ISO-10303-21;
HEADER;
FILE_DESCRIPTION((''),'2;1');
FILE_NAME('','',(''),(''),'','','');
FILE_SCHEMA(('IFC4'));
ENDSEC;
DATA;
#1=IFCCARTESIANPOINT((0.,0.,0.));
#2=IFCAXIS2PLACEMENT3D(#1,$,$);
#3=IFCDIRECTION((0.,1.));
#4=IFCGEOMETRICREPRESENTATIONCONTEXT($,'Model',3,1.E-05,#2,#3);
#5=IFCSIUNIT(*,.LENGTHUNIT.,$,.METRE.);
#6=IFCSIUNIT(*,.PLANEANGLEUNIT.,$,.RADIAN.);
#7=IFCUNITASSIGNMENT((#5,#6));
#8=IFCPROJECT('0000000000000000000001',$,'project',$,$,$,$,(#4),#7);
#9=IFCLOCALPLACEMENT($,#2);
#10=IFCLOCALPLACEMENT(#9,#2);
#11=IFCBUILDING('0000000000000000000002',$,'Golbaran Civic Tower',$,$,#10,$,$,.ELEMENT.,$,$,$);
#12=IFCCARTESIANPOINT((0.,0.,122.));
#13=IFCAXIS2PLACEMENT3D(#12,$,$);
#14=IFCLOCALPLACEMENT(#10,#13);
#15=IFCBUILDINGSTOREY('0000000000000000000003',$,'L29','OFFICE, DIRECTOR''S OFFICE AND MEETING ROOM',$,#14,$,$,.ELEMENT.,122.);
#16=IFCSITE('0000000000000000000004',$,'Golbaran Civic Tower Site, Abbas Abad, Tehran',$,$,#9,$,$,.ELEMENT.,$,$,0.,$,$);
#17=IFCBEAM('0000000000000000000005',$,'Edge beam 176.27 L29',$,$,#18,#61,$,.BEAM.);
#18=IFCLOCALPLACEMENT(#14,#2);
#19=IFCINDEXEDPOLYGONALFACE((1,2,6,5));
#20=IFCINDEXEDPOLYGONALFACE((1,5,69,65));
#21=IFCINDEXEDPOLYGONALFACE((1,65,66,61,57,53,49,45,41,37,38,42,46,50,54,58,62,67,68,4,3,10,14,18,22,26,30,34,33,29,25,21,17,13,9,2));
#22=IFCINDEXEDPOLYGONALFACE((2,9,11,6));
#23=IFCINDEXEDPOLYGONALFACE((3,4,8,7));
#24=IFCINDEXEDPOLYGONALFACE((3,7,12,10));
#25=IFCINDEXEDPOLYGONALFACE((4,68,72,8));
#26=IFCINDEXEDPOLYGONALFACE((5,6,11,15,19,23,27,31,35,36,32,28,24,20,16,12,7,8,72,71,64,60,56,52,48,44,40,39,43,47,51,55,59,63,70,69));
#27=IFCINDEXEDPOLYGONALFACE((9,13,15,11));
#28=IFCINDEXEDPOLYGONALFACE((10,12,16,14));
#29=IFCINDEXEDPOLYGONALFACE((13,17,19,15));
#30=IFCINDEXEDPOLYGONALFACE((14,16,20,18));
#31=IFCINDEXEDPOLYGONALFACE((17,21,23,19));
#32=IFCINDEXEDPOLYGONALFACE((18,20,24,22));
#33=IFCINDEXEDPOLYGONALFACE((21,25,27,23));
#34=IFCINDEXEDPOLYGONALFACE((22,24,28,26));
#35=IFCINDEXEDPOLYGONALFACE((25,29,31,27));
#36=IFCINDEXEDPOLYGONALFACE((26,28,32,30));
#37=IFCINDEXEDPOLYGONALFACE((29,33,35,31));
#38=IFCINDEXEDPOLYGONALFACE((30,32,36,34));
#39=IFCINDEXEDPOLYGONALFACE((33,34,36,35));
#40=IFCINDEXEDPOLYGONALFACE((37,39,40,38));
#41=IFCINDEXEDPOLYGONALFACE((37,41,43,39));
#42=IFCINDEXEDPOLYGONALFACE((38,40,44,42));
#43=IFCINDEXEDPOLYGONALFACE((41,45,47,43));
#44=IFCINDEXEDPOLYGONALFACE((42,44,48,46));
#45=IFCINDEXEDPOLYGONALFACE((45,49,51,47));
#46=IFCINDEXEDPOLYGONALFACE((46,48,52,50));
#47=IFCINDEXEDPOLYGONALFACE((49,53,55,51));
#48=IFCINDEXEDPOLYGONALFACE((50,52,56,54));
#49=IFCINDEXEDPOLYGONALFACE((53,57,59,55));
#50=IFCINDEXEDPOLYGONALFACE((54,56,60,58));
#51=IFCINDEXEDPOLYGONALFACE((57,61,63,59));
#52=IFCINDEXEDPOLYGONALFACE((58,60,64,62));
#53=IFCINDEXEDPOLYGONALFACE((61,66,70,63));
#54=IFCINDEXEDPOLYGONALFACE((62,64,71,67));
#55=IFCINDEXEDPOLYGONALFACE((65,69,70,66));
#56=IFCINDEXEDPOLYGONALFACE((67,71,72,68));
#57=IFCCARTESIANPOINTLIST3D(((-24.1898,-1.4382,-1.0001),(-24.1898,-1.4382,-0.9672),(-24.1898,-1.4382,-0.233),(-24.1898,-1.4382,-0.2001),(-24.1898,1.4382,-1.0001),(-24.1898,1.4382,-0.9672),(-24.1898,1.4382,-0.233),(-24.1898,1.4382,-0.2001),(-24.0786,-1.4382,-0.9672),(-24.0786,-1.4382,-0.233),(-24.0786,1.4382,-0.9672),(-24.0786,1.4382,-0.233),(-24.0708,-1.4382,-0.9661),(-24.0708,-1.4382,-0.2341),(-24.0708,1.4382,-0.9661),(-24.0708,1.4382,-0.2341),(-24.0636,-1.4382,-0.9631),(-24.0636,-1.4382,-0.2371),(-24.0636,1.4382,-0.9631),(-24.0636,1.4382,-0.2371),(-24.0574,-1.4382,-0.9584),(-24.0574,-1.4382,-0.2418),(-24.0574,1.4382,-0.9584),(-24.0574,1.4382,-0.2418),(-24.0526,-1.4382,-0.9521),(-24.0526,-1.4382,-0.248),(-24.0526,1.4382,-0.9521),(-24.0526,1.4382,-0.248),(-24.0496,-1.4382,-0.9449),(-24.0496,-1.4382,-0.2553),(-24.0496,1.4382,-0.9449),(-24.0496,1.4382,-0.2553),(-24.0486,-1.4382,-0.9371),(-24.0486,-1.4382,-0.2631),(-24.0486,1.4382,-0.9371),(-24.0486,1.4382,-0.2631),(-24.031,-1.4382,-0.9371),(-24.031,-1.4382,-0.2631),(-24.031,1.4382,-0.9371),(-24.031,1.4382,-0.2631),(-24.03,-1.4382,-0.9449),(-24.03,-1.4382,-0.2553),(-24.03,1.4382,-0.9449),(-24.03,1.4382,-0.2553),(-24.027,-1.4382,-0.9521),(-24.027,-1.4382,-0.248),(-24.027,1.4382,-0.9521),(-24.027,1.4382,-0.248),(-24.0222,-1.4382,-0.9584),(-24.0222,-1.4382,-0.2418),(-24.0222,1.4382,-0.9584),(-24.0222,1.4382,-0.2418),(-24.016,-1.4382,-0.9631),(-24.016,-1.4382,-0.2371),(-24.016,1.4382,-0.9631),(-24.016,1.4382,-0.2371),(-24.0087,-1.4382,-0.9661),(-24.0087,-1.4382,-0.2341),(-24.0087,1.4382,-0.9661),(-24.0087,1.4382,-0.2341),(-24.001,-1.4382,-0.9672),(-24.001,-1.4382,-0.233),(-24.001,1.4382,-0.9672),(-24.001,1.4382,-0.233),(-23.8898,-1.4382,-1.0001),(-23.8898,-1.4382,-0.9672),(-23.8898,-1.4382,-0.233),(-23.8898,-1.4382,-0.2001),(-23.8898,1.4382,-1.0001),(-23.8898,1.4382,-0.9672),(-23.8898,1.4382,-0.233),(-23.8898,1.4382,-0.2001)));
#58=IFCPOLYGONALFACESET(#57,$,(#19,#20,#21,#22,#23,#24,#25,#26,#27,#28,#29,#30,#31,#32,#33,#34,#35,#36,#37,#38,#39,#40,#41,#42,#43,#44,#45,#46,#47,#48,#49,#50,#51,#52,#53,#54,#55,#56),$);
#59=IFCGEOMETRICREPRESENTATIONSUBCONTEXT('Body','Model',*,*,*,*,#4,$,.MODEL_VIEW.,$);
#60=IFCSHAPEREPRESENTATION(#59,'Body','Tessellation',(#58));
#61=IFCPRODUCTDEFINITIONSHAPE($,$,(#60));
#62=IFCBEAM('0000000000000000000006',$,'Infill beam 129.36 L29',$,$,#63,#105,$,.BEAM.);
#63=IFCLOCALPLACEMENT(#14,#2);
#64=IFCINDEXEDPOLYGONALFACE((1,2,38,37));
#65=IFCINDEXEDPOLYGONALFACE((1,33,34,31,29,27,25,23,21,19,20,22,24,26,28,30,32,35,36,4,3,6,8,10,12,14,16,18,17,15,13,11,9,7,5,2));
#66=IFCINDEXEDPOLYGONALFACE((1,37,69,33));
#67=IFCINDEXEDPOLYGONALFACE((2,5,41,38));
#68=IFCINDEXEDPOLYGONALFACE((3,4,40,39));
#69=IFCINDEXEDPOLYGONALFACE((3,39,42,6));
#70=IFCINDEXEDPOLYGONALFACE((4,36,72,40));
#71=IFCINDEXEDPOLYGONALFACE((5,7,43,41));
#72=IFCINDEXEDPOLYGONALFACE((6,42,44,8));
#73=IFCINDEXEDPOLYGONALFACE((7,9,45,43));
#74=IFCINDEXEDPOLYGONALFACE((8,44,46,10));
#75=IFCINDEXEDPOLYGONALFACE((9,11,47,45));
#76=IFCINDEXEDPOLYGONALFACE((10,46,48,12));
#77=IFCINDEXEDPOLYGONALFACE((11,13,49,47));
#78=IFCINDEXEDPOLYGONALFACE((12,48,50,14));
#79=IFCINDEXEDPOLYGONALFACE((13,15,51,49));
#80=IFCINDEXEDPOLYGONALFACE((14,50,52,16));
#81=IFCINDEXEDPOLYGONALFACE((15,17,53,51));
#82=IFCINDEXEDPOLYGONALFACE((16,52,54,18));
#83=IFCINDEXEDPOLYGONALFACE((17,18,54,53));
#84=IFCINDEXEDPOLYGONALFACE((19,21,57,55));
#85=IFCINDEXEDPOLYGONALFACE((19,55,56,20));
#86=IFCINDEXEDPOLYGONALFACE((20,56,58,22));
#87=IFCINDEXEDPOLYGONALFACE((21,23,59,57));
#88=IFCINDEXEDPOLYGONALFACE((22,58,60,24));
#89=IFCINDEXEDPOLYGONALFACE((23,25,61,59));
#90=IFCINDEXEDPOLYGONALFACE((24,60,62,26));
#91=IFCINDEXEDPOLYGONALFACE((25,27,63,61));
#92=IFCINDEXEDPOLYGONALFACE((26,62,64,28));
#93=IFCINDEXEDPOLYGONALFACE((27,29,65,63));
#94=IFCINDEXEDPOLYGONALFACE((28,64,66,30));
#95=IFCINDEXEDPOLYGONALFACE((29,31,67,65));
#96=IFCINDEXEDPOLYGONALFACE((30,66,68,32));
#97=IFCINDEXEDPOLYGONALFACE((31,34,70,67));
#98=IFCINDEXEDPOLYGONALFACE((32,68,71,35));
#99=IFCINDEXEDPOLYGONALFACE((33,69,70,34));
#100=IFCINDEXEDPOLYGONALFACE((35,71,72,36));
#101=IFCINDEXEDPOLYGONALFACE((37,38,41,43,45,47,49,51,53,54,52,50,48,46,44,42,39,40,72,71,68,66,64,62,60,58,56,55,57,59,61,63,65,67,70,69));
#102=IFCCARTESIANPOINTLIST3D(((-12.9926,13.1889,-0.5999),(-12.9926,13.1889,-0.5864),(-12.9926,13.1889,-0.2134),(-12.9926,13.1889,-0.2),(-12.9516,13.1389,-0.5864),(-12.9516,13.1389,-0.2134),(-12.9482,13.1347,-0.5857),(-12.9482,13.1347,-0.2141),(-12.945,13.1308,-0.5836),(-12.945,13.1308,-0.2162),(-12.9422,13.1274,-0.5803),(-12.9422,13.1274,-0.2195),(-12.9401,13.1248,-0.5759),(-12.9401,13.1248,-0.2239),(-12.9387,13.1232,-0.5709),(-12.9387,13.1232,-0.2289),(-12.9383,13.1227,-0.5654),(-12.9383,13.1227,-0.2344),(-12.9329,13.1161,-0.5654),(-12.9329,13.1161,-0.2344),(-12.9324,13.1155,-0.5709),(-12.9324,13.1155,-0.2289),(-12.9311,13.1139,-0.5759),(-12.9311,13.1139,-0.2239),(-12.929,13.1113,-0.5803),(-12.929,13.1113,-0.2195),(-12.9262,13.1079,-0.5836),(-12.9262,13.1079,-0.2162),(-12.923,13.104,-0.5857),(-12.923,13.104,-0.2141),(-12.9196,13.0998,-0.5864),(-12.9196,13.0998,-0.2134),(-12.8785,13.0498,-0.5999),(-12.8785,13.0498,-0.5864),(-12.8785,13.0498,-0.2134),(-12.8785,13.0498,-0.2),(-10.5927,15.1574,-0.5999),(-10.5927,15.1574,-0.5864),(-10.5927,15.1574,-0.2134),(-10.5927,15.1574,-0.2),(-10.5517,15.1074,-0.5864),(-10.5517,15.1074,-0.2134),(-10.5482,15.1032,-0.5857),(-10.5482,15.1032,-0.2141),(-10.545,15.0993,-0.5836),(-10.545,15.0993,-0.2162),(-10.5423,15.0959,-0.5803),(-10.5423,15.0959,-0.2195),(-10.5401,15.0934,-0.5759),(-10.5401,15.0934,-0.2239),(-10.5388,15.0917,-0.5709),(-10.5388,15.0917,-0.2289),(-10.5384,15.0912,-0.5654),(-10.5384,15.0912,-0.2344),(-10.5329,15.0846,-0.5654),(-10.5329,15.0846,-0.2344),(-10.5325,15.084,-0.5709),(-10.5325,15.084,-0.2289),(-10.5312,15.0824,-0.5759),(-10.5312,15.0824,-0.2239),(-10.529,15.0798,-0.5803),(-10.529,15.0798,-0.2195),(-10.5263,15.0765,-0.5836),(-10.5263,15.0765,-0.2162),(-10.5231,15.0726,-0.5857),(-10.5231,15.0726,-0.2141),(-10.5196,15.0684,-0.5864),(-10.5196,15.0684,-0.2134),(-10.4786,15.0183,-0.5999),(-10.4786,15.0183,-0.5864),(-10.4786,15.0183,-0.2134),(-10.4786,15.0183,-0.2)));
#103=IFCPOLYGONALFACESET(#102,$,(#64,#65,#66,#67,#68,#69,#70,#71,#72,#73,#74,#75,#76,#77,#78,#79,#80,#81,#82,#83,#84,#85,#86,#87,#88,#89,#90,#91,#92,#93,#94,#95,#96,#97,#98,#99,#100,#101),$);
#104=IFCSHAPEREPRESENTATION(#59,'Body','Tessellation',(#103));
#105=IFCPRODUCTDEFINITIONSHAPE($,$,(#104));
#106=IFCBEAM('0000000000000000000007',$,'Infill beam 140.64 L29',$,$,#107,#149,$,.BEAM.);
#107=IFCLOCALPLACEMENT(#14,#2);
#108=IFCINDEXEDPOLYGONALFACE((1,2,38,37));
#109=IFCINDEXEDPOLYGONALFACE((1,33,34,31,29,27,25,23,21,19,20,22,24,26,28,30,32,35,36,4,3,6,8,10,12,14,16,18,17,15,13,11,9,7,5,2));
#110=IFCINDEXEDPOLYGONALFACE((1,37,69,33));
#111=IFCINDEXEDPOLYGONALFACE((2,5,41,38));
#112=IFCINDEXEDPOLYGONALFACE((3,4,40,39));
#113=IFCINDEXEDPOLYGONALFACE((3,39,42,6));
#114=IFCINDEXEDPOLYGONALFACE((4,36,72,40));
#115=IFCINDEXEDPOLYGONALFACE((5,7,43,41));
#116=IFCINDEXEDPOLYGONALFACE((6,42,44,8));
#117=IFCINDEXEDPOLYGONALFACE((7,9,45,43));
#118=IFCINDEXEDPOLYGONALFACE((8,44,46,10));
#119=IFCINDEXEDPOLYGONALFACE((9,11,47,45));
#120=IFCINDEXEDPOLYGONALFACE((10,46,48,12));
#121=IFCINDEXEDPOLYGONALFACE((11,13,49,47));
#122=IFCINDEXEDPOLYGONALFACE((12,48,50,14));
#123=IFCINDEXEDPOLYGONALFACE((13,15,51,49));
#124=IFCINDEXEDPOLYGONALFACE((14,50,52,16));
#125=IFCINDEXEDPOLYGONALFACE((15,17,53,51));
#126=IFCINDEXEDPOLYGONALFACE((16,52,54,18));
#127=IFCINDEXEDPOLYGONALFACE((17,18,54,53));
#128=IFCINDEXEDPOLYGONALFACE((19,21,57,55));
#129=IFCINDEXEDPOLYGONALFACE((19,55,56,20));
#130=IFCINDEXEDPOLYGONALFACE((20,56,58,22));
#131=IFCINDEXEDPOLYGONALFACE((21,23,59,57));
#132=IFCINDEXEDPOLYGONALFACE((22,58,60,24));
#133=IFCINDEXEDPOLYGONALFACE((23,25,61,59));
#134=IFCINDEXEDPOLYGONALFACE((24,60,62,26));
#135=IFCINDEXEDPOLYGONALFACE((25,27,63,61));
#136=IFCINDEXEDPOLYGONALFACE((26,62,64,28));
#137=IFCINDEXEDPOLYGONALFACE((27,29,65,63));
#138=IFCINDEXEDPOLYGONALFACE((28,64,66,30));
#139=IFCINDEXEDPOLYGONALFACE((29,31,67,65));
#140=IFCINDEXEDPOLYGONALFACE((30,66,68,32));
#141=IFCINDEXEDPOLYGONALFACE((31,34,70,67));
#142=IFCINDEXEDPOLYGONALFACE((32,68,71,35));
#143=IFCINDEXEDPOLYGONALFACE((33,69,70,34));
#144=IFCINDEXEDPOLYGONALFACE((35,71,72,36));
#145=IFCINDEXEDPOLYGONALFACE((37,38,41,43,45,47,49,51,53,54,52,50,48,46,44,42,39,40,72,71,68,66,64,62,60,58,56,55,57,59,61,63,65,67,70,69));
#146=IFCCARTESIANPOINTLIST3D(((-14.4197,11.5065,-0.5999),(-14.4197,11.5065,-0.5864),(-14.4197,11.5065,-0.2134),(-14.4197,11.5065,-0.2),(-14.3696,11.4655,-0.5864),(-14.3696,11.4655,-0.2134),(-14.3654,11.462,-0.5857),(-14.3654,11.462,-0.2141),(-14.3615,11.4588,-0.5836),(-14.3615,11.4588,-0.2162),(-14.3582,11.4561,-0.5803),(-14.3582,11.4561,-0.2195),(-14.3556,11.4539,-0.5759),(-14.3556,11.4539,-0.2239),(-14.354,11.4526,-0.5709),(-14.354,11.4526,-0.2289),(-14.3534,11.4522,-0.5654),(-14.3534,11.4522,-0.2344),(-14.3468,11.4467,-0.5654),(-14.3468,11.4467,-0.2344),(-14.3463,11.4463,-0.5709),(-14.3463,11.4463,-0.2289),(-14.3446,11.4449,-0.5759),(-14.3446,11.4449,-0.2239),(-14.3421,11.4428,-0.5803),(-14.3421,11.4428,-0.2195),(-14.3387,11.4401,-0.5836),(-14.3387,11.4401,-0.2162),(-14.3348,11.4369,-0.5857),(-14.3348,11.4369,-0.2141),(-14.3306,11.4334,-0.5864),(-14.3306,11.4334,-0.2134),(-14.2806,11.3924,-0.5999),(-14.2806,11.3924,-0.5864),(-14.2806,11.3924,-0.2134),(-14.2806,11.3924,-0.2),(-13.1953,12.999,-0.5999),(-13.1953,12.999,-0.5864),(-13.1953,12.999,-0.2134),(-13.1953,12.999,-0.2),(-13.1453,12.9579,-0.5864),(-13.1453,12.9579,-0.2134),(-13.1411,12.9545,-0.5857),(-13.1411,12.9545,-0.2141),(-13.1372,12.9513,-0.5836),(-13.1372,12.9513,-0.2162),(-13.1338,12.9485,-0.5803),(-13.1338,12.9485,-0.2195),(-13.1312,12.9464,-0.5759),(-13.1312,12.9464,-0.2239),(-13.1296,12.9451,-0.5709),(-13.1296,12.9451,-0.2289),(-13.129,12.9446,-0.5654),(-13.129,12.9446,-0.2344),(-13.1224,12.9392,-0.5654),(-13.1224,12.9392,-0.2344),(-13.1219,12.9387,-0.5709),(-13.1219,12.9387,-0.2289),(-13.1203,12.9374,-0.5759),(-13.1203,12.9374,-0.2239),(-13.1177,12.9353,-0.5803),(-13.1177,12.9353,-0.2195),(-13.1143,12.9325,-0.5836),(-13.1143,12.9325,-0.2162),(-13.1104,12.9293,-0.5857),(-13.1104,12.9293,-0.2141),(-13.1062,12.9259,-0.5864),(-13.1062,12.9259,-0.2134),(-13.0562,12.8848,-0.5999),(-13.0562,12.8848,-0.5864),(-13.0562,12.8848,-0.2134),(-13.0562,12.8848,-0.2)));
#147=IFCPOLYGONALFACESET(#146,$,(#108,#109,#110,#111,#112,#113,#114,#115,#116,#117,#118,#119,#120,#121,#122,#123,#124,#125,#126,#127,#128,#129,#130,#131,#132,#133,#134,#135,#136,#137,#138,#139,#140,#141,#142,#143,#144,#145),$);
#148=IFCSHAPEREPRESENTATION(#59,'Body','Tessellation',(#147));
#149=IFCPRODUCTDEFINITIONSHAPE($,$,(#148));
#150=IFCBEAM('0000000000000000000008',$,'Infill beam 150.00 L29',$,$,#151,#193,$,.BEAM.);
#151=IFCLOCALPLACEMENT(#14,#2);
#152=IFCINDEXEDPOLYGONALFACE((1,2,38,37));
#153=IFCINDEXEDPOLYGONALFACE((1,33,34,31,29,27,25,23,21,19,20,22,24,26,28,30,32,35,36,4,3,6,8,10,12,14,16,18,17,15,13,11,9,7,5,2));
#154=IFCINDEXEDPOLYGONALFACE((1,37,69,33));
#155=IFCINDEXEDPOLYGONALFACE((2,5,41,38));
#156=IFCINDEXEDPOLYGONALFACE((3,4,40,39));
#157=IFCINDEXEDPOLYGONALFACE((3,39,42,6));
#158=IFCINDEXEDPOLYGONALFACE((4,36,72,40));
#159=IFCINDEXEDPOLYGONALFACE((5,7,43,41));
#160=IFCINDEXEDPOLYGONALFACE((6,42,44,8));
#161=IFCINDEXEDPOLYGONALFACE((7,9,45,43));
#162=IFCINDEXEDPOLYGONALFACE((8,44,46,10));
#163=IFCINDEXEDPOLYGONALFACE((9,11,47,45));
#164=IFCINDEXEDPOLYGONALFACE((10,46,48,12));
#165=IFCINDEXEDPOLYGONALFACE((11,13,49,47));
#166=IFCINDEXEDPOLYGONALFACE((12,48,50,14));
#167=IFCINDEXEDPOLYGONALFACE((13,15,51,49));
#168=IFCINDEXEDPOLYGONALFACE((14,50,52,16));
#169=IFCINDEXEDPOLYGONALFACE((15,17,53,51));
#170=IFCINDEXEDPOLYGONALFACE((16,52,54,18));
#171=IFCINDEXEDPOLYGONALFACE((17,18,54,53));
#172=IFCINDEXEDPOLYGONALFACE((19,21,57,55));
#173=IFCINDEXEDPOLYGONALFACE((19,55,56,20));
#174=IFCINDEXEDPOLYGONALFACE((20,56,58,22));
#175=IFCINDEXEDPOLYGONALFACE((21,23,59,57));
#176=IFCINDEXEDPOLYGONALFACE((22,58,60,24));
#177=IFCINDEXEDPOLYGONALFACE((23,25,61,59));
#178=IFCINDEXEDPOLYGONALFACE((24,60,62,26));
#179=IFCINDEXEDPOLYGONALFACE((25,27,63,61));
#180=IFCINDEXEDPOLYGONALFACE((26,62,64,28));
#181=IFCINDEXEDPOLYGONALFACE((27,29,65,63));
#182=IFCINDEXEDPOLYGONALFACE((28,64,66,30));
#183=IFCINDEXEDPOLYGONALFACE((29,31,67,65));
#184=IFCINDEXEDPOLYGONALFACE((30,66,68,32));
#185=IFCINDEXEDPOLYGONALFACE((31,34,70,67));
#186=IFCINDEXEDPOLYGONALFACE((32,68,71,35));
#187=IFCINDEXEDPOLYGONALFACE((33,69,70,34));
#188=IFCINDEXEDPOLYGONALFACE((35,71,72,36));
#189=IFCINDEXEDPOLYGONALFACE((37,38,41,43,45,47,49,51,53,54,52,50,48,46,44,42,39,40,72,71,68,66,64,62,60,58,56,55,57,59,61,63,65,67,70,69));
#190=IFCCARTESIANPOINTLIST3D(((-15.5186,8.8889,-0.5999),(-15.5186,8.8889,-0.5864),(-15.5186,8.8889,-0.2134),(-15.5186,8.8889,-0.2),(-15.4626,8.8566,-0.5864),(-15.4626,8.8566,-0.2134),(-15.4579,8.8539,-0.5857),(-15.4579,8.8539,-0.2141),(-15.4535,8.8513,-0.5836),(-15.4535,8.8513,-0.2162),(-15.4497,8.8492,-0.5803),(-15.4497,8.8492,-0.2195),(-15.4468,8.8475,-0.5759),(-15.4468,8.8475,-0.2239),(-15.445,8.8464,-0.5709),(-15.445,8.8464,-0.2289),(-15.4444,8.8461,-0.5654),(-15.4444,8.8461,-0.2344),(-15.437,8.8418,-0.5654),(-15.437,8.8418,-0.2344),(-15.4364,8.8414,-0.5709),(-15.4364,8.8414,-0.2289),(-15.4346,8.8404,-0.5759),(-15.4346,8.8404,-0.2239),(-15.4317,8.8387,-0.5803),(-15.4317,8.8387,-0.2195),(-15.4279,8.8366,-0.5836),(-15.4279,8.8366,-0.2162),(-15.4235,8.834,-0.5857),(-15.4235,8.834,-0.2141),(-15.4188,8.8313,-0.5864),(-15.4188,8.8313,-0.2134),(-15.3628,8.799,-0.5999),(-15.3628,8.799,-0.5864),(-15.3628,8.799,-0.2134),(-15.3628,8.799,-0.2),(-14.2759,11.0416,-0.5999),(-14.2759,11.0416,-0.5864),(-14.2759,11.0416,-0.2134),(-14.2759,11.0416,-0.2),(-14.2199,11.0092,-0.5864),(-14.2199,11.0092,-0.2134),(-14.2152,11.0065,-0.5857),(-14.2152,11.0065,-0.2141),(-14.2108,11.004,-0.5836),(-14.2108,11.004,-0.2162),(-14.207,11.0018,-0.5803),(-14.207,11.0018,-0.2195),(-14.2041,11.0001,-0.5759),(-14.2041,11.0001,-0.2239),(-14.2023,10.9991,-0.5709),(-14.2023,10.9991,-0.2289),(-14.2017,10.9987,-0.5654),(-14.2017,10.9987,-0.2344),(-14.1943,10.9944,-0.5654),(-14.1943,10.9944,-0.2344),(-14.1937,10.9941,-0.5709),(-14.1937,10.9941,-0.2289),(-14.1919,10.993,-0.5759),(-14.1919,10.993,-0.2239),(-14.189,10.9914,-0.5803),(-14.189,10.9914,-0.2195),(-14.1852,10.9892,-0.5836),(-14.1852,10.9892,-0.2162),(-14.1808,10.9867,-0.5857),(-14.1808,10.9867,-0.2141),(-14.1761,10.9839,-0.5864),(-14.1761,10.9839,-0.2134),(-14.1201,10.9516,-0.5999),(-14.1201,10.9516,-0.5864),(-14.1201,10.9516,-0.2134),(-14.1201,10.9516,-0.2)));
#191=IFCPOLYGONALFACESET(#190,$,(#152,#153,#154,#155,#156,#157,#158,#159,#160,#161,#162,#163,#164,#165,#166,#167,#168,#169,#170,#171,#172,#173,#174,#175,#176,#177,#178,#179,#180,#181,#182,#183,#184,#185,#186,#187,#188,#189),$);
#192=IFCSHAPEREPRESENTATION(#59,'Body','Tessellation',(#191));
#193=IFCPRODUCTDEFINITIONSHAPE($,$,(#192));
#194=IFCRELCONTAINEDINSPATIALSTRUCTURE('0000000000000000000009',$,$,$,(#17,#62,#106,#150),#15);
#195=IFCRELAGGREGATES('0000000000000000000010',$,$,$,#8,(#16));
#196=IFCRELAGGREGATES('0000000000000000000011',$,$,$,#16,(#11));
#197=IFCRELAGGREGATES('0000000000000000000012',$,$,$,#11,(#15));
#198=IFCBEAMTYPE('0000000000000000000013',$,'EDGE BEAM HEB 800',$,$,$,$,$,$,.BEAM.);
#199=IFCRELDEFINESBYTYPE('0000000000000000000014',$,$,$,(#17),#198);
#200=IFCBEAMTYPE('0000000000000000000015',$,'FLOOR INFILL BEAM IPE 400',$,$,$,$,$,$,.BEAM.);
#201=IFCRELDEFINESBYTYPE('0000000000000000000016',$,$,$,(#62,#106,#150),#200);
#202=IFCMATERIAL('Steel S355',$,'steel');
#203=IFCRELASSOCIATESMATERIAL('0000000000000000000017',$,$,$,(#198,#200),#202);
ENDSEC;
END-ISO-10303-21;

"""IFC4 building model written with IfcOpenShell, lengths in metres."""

from ifc_helpers import new_model, si_unit, direction, frame, origin, origin_2d, place, context, subcontext, project, spatial, i_section, extrude, material, material_profile, profile_set, type_object, element, save


model = new_model("IFC4")

# Units and contexts
model_context = context("Model", 3, precision=1e-05, world=origin(), true_north=direction((0.0, 1.0)))
body_context = subcontext(model_context, "Body", "Model", "MODEL_VIEW")
ifc_project = project(units=[si_unit("LENGTHUNIT", "METRE"), si_unit("PLANEANGLEUNIT", "RADIAN")], contexts=[model_context])

# Site, building, storey
site_placement = place(None, origin())
site = spatial("IfcSite", under=ifc_project, at=site_placement, Name="Golbaran Civic Tower Site, Abbas Abad, Tehran", CompositionType="ELEMENT", RefElevation=0.0)
building_placement = place(site_placement, origin())
building = spatial("IfcBuilding", under=site, at=building_placement, Name="Golbaran Civic Tower", CompositionType="ELEMENT")
storey_placement = place(building_placement, frame((0.0, 0.0, 122.0)))
storey = spatial("IfcBuildingStorey", under=building, at=storey_placement, Name="L29", Description="OFFICE, DIRECTOR'S OFFICE AND MEETING ROOM", CompositionType="ELEMENT", Elevation=122.0)

# Beams
ifc_material_1 = material(Name="Steel S355", Category="steel")
ifc_material_profile_1 = material_profile(ifc_material_1, i_section(OverallWidth=0.3, OverallDepth=0.8, WebThickness=0.0176, FlangeThickness=0.033, FilletRadius=0.03, at=origin_2d()), Name="HEB 800")
ifc_profile_set_1 = profile_set([ifc_material_profile_1], Name="Steel S355")
beam_type_1 = type_object("IfcBeamType", Name="EDGE BEAM HEB 800", PredefinedType="BEAM", material=ifc_profile_set_1)
beam_1_placement = place(storey_placement, frame((-24.0398, 1.4382, -0.6001), z_axis=(0.0, -1.0, 0.0), x_axis=(1.0, 0.0, 0.0)))
element("IfcBeam", 1, at=beam_1_placement, inside=storey, type_object=beam_type_1, Name="Edge beam 176.27 L29", PredefinedType="BEAM", context=body_context, shape_type="SweptSolid", body=[
    extrude(i_section(OverallWidth=0.3, OverallDepth=0.8, WebThickness=0.0176, FlangeThickness=0.033, FilletRadius=0.03, at=origin_2d()), origin(), (0.0, 0.0, 1.0), 2.8765),
])
ifc_material_profile_2 = material_profile(ifc_material_1, i_section(OverallWidth=0.1799, OverallDepth=0.3999, WebThickness=0.0085, FlangeThickness=0.0134, FilletRadius=0.021, at=origin_2d()), Name="IPE 400")
ifc_profile_set_2 = profile_set([ifc_material_profile_2], Name="Steel S355")
beam_type_2 = type_object("IfcBeamType", Name="FLOOR INFILL BEAM IPE 400", PredefinedType="BEAM", material=ifc_profile_set_2)
beam_2_placement = place(storey_placement, frame((-10.5356, 15.0879, -0.3999), z_axis=(-0.773175, -0.634192, 0.0), x_axis=(0.634192, -0.773175, 0.0)))
element("IfcBeam", 2, at=beam_2_placement, inside=storey, type_object=beam_type_2, Name="Infill beam 129.36 L29", PredefinedType="BEAM", context=body_context, shape_type="SweptSolid", body=[
    extrude(i_section(OverallWidth=0.1799, OverallDepth=0.3999, WebThickness=0.0085, FlangeThickness=0.0134, FilletRadius=0.021, at=origin_2d()), origin(), (0.0, 0.0, 1.0), 3.104),
])
beam_3_placement = place(storey_placement, frame((-13.1257, 12.9419, -0.3999), z_axis=(-0.634257, -0.773123, 0.0), x_axis=(0.773123, -0.634257, 0.0)))
element("IfcBeam", 3, at=beam_3_placement, inside=storey, type_object=beam_type_2, Name="Infill beam 140.64 L29", PredefinedType="BEAM", context=body_context, shape_type="SweptSolid", body=[
    extrude(i_section(OverallWidth=0.1799, OverallDepth=0.3999, WebThickness=0.0085, FlangeThickness=0.0134, FilletRadius=0.021, at=origin_2d()), origin(), (0.0, 0.0, 1.0), 1.9304),
])
beam_4_placement = place(storey_placement, frame((-14.198, 10.9966, -0.3999), z_axis=(-0.499963, -0.866047, 0.0), x_axis=(0.866047, -0.499963, 0.0)))
element("IfcBeam", 4, at=beam_4_placement, inside=storey, type_object=beam_type_2, Name="Infill beam 150.00 L29", PredefinedType="BEAM", context=body_context, shape_type="SweptSolid", body=[
    extrude(i_section(OverallWidth=0.1799, OverallDepth=0.3999, WebThickness=0.0085, FlangeThickness=0.0134, FilletRadius=0.021, at=origin_2d()), origin(), (0.0, 0.0, 1.0), 2.4856),
])

save(model, "model.ifc")
